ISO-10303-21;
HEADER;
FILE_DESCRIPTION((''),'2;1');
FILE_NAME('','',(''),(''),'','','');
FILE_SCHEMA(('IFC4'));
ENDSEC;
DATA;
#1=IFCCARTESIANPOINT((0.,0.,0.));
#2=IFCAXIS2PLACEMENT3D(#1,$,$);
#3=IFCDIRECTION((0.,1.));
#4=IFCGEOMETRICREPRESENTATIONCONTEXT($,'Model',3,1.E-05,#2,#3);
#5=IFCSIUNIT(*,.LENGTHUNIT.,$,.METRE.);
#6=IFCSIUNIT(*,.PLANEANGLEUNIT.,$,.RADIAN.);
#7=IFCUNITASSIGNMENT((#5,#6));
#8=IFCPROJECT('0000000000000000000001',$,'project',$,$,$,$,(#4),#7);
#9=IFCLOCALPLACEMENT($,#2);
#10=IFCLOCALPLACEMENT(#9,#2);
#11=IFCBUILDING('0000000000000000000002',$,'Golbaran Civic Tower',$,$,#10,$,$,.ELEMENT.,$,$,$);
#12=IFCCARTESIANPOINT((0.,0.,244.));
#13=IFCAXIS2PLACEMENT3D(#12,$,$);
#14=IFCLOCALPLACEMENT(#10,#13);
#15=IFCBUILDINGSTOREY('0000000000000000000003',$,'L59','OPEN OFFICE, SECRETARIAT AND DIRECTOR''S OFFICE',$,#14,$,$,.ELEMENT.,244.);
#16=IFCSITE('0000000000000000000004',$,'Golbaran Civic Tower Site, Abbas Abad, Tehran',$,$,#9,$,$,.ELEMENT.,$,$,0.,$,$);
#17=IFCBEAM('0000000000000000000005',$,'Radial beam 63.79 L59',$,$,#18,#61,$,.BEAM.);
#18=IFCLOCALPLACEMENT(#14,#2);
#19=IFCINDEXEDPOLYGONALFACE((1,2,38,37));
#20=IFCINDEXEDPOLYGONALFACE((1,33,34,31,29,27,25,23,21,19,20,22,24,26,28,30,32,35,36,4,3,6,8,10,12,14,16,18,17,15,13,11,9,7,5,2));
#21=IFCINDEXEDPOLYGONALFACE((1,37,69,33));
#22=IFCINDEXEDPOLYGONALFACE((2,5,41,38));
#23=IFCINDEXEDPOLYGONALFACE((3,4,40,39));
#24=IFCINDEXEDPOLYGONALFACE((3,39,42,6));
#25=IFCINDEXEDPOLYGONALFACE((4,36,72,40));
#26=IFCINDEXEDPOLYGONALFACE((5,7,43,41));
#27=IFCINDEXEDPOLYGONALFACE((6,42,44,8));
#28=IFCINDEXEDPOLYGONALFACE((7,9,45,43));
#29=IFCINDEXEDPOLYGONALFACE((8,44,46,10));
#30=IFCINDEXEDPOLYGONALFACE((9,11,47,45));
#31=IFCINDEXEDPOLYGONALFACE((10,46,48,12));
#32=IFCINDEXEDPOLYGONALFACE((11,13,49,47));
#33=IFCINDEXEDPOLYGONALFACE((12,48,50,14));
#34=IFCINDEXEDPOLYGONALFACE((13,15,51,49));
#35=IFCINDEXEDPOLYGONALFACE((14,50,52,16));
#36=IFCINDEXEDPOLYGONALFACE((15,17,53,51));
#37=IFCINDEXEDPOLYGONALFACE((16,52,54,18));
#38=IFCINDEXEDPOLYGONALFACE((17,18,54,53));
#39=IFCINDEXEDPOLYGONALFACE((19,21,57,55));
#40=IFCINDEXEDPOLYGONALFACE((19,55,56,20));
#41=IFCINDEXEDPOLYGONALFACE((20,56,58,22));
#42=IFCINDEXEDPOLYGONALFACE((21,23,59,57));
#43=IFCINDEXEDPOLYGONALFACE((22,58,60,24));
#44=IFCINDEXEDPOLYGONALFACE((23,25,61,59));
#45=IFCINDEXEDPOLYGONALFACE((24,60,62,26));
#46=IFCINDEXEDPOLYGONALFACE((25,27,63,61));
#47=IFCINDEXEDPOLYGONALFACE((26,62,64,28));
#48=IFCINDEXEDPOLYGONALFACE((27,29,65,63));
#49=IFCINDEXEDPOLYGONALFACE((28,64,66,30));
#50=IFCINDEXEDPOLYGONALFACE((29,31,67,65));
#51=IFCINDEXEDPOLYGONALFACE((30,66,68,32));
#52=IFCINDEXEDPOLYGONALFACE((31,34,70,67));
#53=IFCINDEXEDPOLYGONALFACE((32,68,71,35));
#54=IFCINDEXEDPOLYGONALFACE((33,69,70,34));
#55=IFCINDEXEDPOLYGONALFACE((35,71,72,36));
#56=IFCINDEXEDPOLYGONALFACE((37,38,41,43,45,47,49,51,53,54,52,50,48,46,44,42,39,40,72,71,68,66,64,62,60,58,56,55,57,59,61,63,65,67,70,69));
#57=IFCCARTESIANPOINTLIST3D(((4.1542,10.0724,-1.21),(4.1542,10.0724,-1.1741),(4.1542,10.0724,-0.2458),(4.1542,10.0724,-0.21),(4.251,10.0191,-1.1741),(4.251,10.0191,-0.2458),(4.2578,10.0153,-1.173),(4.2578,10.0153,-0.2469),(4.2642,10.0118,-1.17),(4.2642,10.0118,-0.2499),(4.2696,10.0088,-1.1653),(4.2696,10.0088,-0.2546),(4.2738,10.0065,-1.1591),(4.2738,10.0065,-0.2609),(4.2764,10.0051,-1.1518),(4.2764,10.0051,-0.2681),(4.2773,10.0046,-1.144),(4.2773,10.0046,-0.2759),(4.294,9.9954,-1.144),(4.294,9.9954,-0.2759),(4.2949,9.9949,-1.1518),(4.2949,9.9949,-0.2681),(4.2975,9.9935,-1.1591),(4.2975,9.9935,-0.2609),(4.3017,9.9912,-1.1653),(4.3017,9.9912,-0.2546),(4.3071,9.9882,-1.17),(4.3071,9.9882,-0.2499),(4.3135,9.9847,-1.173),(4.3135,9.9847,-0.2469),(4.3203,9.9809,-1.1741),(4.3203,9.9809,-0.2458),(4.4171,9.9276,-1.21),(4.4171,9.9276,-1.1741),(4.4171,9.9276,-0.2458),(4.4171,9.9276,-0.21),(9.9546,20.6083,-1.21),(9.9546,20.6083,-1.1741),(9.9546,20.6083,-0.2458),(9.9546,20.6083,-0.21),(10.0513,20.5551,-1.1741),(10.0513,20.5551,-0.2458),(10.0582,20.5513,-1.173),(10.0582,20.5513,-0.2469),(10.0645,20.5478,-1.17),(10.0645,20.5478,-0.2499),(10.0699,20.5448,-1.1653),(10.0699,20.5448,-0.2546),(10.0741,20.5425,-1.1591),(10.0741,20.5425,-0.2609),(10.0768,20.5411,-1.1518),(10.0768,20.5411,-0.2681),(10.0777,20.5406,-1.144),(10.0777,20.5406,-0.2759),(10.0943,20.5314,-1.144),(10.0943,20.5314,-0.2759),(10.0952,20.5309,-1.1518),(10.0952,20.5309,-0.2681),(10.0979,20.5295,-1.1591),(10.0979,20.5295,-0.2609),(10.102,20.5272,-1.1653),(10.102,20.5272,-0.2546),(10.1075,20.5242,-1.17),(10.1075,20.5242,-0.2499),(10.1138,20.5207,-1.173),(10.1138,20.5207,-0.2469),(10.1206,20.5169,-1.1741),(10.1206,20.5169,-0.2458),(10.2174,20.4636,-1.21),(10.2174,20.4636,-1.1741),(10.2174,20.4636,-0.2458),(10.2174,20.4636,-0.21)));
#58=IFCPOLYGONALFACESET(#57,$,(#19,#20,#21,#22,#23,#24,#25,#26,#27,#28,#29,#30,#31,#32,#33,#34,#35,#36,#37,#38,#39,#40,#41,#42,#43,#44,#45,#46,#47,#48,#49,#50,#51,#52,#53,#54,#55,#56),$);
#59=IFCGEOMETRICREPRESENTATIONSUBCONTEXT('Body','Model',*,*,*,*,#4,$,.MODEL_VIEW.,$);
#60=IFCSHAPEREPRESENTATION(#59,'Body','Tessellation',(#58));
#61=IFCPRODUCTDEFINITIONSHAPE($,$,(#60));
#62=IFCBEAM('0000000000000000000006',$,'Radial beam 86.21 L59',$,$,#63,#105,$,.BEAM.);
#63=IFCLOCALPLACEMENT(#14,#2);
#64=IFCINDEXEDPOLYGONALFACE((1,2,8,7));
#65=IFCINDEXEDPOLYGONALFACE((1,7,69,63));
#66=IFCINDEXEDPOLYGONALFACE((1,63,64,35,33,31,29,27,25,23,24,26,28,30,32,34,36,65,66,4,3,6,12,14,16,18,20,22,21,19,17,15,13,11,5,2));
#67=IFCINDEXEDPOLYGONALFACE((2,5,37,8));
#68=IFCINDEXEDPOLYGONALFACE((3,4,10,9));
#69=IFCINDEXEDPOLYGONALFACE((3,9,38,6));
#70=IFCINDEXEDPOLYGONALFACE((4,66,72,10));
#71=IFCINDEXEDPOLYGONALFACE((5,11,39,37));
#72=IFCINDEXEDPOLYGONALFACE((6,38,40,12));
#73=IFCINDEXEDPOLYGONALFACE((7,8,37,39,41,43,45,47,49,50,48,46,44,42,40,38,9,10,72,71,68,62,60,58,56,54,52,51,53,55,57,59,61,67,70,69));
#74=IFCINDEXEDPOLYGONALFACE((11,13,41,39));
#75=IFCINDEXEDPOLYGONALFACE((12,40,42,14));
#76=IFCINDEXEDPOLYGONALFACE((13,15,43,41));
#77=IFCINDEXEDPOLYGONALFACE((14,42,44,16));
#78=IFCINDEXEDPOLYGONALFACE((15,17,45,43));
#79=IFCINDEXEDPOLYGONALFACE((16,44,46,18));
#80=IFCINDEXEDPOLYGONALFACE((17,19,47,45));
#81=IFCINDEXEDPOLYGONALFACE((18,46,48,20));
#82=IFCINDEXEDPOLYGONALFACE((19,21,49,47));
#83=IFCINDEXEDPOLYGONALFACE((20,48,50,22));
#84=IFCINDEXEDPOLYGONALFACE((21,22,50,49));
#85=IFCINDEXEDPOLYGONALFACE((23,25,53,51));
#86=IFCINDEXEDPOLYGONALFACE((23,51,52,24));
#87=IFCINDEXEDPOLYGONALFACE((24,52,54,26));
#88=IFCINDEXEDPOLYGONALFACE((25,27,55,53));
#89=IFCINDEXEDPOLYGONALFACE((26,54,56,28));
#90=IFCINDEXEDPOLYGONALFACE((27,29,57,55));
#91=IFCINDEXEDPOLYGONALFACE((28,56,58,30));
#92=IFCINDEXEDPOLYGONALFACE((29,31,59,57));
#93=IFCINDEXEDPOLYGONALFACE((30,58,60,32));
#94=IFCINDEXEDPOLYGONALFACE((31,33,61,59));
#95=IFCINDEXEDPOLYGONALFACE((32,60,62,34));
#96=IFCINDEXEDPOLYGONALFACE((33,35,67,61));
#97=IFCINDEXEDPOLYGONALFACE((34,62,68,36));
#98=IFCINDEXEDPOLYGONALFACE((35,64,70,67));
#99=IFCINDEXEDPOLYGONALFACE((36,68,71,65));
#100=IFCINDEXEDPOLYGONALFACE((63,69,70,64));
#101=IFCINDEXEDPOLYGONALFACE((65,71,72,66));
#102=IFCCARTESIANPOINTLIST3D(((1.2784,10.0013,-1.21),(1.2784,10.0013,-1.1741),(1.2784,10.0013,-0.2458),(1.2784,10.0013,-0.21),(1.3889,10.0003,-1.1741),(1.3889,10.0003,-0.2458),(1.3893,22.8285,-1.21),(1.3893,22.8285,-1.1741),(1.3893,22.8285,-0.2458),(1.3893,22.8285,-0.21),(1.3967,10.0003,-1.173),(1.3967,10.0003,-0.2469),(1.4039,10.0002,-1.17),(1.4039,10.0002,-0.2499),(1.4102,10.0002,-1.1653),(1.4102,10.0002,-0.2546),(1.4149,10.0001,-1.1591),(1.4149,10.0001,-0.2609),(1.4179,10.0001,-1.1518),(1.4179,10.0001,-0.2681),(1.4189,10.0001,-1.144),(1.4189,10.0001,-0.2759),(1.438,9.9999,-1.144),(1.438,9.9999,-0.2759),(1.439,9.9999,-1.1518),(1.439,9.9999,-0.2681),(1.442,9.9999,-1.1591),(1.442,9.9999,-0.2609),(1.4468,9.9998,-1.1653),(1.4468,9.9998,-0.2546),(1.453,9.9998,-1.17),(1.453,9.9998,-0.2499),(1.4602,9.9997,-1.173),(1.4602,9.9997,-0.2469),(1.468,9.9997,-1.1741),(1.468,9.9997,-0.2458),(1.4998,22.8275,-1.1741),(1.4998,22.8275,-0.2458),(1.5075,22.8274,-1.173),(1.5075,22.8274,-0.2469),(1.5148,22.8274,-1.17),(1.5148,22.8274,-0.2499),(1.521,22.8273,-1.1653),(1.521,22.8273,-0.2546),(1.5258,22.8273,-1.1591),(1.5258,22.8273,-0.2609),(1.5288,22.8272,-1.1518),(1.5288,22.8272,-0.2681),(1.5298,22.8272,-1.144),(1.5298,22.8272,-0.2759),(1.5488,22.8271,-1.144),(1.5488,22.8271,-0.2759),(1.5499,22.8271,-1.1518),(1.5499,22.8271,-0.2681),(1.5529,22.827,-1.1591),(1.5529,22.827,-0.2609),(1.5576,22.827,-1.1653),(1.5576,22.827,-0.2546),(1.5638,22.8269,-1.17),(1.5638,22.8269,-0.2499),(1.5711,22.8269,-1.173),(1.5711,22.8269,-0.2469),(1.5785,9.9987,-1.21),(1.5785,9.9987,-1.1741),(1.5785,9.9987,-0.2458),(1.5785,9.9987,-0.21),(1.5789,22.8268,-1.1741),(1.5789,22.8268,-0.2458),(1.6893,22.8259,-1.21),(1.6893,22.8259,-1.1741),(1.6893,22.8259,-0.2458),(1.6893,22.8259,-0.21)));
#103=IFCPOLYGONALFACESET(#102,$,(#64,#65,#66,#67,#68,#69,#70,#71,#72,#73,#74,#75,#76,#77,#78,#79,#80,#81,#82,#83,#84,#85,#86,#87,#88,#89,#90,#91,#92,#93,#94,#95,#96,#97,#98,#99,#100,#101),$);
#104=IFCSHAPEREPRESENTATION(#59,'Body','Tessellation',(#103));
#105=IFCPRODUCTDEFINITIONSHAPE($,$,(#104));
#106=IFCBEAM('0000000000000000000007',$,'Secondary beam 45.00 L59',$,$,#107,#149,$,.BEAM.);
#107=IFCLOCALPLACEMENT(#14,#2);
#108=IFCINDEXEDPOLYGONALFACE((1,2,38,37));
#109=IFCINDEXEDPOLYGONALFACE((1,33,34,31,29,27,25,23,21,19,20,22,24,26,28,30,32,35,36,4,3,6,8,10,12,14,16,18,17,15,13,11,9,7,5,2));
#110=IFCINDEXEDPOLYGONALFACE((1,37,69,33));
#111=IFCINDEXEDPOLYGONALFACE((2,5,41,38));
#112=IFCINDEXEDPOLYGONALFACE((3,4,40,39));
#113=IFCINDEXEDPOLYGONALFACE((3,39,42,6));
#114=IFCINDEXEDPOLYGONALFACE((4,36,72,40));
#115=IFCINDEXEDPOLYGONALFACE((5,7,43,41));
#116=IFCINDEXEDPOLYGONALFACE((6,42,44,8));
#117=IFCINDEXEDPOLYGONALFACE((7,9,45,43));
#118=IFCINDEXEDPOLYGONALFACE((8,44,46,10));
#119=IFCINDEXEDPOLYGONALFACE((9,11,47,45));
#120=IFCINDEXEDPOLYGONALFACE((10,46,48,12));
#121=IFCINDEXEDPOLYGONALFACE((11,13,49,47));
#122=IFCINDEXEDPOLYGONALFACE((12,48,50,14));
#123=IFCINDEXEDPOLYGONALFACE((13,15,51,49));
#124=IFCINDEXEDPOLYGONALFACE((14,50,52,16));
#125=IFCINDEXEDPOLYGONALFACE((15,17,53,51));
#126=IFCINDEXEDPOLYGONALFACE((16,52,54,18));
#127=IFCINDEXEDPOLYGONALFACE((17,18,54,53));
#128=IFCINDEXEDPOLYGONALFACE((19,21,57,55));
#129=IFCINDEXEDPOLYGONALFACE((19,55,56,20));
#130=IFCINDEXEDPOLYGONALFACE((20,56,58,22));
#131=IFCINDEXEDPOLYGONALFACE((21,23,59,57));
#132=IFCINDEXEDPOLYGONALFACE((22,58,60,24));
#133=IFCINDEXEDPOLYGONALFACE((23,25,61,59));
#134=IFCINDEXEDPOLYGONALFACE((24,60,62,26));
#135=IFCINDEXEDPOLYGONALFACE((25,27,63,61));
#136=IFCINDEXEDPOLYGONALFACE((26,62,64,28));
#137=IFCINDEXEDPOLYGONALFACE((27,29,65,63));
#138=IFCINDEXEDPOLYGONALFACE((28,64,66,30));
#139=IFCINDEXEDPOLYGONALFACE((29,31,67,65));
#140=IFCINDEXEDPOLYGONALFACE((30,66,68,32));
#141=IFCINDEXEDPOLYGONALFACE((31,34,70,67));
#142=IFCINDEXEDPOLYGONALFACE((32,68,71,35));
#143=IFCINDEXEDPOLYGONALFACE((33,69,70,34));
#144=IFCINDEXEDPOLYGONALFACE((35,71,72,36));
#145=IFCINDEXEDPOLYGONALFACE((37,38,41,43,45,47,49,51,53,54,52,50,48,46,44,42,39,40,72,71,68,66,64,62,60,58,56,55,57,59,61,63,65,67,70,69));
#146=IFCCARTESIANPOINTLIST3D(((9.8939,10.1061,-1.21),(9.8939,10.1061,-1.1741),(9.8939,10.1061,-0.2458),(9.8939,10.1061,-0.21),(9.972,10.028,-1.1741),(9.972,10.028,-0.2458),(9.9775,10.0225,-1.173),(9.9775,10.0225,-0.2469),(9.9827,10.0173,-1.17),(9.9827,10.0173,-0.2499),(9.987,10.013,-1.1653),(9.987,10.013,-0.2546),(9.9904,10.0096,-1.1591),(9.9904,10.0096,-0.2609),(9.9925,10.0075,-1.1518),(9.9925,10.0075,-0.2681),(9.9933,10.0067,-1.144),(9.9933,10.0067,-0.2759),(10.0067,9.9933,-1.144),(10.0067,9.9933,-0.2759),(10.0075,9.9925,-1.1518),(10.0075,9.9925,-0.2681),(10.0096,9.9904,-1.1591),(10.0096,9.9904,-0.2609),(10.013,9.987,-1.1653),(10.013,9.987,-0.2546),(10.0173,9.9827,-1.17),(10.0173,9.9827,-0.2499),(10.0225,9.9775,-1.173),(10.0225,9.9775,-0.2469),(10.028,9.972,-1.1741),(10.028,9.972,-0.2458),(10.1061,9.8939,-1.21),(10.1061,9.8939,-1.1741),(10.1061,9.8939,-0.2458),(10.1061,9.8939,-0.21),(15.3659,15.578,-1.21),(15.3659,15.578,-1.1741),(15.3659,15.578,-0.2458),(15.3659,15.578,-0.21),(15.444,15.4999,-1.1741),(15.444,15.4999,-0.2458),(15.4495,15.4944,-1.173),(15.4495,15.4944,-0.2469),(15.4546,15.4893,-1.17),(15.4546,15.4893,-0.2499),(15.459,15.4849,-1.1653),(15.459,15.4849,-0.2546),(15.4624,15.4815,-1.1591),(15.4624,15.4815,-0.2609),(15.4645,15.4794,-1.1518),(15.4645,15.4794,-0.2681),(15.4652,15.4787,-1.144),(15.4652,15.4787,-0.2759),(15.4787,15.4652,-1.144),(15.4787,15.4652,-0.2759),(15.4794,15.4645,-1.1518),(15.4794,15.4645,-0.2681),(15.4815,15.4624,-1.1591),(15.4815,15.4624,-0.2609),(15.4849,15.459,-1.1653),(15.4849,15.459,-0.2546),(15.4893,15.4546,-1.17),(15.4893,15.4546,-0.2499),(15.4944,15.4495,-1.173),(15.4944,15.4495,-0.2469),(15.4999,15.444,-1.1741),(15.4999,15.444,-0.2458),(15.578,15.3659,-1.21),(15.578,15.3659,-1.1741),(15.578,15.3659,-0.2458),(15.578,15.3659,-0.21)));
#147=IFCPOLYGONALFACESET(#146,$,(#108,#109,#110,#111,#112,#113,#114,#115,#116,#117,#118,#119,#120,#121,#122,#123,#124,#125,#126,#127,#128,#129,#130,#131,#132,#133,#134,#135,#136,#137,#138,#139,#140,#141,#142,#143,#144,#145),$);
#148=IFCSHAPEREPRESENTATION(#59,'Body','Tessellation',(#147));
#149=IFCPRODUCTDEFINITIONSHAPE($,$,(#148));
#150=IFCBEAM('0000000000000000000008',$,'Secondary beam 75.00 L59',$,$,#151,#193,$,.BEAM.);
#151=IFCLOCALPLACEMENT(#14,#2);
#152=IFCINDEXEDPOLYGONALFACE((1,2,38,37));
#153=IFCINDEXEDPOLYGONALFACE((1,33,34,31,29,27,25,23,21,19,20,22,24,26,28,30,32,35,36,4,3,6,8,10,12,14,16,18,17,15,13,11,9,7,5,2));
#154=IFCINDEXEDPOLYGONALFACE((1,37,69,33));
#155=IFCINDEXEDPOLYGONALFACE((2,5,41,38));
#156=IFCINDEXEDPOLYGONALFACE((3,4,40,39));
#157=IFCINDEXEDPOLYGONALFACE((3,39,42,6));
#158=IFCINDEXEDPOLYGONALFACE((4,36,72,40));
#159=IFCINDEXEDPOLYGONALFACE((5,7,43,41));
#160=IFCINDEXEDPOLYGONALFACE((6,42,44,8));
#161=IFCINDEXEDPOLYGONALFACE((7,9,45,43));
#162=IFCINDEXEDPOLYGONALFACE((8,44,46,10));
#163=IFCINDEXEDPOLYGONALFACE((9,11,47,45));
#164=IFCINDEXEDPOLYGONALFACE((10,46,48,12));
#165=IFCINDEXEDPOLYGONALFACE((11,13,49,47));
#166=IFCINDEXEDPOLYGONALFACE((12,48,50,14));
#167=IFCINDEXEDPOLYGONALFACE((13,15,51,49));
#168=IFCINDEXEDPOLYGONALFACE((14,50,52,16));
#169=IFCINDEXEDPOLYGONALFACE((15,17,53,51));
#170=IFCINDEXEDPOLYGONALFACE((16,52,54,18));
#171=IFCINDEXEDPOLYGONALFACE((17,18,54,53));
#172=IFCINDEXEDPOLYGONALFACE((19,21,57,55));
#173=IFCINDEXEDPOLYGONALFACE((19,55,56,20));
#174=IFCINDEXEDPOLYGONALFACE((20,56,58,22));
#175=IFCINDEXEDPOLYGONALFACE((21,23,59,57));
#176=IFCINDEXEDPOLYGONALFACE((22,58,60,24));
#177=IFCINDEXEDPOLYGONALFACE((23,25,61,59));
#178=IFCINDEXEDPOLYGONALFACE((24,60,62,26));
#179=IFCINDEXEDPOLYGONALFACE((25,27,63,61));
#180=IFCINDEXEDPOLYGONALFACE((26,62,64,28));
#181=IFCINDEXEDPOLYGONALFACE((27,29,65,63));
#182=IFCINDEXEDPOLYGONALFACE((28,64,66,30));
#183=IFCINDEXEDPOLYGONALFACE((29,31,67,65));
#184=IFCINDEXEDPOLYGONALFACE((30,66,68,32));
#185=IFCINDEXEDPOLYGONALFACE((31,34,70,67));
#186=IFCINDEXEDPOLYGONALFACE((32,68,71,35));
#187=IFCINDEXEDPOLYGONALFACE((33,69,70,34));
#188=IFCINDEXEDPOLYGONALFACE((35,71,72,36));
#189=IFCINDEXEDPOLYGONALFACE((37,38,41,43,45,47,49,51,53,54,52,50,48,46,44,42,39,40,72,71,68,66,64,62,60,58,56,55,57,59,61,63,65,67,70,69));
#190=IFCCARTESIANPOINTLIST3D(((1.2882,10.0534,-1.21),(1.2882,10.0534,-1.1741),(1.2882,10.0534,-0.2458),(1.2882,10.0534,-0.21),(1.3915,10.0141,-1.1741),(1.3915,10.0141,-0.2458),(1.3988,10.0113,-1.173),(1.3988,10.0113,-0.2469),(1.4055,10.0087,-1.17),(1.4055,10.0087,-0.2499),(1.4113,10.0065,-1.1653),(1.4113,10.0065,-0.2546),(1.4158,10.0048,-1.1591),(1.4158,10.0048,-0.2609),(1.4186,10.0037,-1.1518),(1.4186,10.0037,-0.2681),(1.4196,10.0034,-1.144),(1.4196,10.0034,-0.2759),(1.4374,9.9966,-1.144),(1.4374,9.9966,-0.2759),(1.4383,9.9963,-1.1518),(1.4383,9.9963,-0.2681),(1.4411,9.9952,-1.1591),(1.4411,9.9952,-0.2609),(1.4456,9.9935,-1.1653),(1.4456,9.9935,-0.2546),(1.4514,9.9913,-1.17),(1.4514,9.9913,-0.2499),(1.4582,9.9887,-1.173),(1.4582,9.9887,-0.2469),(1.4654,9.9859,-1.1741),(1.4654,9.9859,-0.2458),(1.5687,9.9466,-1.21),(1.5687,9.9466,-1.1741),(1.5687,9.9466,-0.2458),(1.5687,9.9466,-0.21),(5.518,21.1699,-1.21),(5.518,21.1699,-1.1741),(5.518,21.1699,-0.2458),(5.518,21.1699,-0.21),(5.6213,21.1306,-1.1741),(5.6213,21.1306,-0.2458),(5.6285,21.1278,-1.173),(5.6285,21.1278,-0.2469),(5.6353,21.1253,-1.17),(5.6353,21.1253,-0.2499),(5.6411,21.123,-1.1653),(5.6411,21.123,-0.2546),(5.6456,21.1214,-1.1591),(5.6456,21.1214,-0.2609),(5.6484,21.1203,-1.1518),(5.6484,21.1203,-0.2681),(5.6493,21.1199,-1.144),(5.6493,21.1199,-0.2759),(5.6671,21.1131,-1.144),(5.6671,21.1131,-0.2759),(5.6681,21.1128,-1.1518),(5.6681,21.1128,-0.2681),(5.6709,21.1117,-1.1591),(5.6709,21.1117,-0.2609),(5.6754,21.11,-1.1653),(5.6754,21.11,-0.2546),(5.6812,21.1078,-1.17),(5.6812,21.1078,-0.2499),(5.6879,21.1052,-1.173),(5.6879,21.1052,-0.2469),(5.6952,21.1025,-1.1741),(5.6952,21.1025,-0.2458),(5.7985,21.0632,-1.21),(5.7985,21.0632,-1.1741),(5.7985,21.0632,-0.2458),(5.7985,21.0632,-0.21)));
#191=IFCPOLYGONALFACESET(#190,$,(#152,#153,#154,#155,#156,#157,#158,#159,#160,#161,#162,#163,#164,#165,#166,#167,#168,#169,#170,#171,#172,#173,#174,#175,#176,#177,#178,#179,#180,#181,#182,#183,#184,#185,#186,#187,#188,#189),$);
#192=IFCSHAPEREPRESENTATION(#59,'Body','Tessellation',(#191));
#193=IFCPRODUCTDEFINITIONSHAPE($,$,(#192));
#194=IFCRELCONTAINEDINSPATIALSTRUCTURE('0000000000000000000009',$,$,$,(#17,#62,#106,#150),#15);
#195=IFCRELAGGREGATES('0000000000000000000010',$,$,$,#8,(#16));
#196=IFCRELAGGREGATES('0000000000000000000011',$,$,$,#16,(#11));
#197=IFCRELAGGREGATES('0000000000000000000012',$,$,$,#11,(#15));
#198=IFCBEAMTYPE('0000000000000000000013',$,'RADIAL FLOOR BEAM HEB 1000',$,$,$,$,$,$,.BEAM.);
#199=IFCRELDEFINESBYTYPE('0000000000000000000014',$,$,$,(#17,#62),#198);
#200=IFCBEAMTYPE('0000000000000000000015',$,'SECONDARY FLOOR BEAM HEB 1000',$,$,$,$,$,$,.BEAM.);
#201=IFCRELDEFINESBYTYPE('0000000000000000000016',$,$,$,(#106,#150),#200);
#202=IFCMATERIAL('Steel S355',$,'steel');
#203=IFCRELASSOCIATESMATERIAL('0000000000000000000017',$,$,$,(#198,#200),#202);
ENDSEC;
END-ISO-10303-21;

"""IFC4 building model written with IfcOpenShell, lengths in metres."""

from ifc_helpers import new_model, si_unit, direction, frame, origin, origin_2d, place, context, subcontext, project, spatial, i_section, extrude, material, material_profile, profile_set, type_object, element, save


model = new_model("IFC4")

# Units and contexts
model_context = context("Model", 3, precision=1e-05, world=origin(), true_north=direction((0.0, 1.0)))
body_context = subcontext(model_context, "Body", "Model", "MODEL_VIEW")
ifc_project = project(units=[si_unit("LENGTHUNIT", "METRE"), si_unit("PLANEANGLEUNIT", "RADIAN")], contexts=[model_context])

# Site, building, storey
site_placement = place(None, origin())
site = spatial("IfcSite", under=ifc_project, at=site_placement, Name="Golbaran Civic Tower Site, Abbas Abad, Tehran", CompositionType="ELEMENT", RefElevation=0.0)
building_placement = place(site_placement, origin())
building = spatial("IfcBuilding", under=site, at=building_placement, Name="Golbaran Civic Tower", CompositionType="ELEMENT")
storey_placement = place(building_placement, frame((0.0, 0.0, 244.0)))
storey = spatial("IfcBuildingStorey", under=building, at=storey_placement, Name="L59", Description="OPEN OFFICE, SECRETARIAT AND DIRECTOR'S OFFICE", CompositionType="ELEMENT", Elevation=244.0)

# Beams
ifc_material_1 = material(Name="Steel S355", Category="steel")
ifc_material_profile_1 = material_profile(ifc_material_1, i_section(OverallWidth=0.3, OverallDepth=1.0, WebThickness=0.019, FlangeThickness=0.0359, FilletRadius=0.03, at=origin_2d()), Name="HEB 1000")
ifc_profile_set_1 = profile_set([ifc_material_profile_1], Name="Steel S355")
beam_type_1 = type_object("IfcBeamType", Name="RADIAL FLOOR BEAM HEB 1000", PredefinedType="BEAM", material=ifc_profile_set_1)
beam_1_placement = place(storey_placement, frame((4.2856, 10.0, -0.71), z_axis=(0.482273, 0.876021, 0.0), x_axis=(-0.876021, 0.482273, 0.0)))
element("IfcBeam", 1, at=beam_1_placement, inside=storey, type_object=beam_type_1, Name="Radial beam 63.79 L59", PredefinedType="BEAM", context=body_context, shape_type="SweptSolid", body=[
    extrude(i_section(OverallWidth=0.3, OverallDepth=1.0, WebThickness=0.019, FlangeThickness=0.0359, FilletRadius=0.03, at=origin_2d()), origin(), (0.0, 0.0, 1.0), 12.0271),
])
beam_2_placement = place(storey_placement, frame((1.4285, 10.0, -0.71), z_axis=(0.008641, 0.999963, 0.0), x_axis=(-0.999963, 0.008641, 0.0)))
element("IfcBeam", 2, at=beam_2_placement, inside=storey, type_object=beam_type_1, Name="Radial beam 86.21 L59", PredefinedType="BEAM", context=body_context, shape_type="SweptSolid", body=[
    extrude(i_section(OverallWidth=0.3, OverallDepth=1.0, WebThickness=0.019, FlangeThickness=0.0359, FilletRadius=0.03, at=origin_2d()), origin(), (0.0, 0.0, 1.0), 12.8276),
])
ifc_material_profile_2 = material_profile(ifc_material_1, i_section(OverallWidth=0.3, OverallDepth=1.0, WebThickness=0.019, FlangeThickness=0.0359, FilletRadius=0.03, at=origin_2d()), Name="HEB 1000")
ifc_profile_set_2 = profile_set([ifc_material_profile_2], Name="Steel S355")
beam_type_2 = type_object("IfcBeamType", Name="SECONDARY FLOOR BEAM HEB 1000", PredefinedType="BEAM", material=ifc_profile_set_2)
beam_3_placement = place(storey_placement, frame((10.0, 10.0, -0.71), z_axis=(0.707107, 0.707107, 0.0), x_axis=(-0.707107, 0.707107, 0.0)))
element("IfcBeam", 3, at=beam_3_placement, inside=storey, type_object=beam_type_2, Name="Secondary beam 45.00 L59", PredefinedType="BEAM", context=body_context, shape_type="SweptSolid", body=[
    extrude(i_section(OverallWidth=0.3, OverallDepth=1.0, WebThickness=0.019, FlangeThickness=0.0359, FilletRadius=0.03, at=origin_2d()), origin(), (0.0, 0.0, 1.0), 7.7385),
])
beam_4_placement = place(storey_placement, frame((1.4285, 10.0, -0.71), z_axis=(0.355621, 0.93463, 0.0), x_axis=(-0.93463, 0.355621, 0.0)))
element("IfcBeam", 4, at=beam_4_placement, inside=storey, type_object=beam_type_2, Name="Secondary beam 75.00 L59", PredefinedType="BEAM", context=body_context, shape_type="SweptSolid", body=[
    extrude(i_section(OverallWidth=0.3, OverallDepth=1.0, WebThickness=0.019, FlangeThickness=0.0359, FilletRadius=0.03, at=origin_2d()), origin(), (0.0, 0.0, 1.0), 11.894),
])

save(model, "model.ifc")
